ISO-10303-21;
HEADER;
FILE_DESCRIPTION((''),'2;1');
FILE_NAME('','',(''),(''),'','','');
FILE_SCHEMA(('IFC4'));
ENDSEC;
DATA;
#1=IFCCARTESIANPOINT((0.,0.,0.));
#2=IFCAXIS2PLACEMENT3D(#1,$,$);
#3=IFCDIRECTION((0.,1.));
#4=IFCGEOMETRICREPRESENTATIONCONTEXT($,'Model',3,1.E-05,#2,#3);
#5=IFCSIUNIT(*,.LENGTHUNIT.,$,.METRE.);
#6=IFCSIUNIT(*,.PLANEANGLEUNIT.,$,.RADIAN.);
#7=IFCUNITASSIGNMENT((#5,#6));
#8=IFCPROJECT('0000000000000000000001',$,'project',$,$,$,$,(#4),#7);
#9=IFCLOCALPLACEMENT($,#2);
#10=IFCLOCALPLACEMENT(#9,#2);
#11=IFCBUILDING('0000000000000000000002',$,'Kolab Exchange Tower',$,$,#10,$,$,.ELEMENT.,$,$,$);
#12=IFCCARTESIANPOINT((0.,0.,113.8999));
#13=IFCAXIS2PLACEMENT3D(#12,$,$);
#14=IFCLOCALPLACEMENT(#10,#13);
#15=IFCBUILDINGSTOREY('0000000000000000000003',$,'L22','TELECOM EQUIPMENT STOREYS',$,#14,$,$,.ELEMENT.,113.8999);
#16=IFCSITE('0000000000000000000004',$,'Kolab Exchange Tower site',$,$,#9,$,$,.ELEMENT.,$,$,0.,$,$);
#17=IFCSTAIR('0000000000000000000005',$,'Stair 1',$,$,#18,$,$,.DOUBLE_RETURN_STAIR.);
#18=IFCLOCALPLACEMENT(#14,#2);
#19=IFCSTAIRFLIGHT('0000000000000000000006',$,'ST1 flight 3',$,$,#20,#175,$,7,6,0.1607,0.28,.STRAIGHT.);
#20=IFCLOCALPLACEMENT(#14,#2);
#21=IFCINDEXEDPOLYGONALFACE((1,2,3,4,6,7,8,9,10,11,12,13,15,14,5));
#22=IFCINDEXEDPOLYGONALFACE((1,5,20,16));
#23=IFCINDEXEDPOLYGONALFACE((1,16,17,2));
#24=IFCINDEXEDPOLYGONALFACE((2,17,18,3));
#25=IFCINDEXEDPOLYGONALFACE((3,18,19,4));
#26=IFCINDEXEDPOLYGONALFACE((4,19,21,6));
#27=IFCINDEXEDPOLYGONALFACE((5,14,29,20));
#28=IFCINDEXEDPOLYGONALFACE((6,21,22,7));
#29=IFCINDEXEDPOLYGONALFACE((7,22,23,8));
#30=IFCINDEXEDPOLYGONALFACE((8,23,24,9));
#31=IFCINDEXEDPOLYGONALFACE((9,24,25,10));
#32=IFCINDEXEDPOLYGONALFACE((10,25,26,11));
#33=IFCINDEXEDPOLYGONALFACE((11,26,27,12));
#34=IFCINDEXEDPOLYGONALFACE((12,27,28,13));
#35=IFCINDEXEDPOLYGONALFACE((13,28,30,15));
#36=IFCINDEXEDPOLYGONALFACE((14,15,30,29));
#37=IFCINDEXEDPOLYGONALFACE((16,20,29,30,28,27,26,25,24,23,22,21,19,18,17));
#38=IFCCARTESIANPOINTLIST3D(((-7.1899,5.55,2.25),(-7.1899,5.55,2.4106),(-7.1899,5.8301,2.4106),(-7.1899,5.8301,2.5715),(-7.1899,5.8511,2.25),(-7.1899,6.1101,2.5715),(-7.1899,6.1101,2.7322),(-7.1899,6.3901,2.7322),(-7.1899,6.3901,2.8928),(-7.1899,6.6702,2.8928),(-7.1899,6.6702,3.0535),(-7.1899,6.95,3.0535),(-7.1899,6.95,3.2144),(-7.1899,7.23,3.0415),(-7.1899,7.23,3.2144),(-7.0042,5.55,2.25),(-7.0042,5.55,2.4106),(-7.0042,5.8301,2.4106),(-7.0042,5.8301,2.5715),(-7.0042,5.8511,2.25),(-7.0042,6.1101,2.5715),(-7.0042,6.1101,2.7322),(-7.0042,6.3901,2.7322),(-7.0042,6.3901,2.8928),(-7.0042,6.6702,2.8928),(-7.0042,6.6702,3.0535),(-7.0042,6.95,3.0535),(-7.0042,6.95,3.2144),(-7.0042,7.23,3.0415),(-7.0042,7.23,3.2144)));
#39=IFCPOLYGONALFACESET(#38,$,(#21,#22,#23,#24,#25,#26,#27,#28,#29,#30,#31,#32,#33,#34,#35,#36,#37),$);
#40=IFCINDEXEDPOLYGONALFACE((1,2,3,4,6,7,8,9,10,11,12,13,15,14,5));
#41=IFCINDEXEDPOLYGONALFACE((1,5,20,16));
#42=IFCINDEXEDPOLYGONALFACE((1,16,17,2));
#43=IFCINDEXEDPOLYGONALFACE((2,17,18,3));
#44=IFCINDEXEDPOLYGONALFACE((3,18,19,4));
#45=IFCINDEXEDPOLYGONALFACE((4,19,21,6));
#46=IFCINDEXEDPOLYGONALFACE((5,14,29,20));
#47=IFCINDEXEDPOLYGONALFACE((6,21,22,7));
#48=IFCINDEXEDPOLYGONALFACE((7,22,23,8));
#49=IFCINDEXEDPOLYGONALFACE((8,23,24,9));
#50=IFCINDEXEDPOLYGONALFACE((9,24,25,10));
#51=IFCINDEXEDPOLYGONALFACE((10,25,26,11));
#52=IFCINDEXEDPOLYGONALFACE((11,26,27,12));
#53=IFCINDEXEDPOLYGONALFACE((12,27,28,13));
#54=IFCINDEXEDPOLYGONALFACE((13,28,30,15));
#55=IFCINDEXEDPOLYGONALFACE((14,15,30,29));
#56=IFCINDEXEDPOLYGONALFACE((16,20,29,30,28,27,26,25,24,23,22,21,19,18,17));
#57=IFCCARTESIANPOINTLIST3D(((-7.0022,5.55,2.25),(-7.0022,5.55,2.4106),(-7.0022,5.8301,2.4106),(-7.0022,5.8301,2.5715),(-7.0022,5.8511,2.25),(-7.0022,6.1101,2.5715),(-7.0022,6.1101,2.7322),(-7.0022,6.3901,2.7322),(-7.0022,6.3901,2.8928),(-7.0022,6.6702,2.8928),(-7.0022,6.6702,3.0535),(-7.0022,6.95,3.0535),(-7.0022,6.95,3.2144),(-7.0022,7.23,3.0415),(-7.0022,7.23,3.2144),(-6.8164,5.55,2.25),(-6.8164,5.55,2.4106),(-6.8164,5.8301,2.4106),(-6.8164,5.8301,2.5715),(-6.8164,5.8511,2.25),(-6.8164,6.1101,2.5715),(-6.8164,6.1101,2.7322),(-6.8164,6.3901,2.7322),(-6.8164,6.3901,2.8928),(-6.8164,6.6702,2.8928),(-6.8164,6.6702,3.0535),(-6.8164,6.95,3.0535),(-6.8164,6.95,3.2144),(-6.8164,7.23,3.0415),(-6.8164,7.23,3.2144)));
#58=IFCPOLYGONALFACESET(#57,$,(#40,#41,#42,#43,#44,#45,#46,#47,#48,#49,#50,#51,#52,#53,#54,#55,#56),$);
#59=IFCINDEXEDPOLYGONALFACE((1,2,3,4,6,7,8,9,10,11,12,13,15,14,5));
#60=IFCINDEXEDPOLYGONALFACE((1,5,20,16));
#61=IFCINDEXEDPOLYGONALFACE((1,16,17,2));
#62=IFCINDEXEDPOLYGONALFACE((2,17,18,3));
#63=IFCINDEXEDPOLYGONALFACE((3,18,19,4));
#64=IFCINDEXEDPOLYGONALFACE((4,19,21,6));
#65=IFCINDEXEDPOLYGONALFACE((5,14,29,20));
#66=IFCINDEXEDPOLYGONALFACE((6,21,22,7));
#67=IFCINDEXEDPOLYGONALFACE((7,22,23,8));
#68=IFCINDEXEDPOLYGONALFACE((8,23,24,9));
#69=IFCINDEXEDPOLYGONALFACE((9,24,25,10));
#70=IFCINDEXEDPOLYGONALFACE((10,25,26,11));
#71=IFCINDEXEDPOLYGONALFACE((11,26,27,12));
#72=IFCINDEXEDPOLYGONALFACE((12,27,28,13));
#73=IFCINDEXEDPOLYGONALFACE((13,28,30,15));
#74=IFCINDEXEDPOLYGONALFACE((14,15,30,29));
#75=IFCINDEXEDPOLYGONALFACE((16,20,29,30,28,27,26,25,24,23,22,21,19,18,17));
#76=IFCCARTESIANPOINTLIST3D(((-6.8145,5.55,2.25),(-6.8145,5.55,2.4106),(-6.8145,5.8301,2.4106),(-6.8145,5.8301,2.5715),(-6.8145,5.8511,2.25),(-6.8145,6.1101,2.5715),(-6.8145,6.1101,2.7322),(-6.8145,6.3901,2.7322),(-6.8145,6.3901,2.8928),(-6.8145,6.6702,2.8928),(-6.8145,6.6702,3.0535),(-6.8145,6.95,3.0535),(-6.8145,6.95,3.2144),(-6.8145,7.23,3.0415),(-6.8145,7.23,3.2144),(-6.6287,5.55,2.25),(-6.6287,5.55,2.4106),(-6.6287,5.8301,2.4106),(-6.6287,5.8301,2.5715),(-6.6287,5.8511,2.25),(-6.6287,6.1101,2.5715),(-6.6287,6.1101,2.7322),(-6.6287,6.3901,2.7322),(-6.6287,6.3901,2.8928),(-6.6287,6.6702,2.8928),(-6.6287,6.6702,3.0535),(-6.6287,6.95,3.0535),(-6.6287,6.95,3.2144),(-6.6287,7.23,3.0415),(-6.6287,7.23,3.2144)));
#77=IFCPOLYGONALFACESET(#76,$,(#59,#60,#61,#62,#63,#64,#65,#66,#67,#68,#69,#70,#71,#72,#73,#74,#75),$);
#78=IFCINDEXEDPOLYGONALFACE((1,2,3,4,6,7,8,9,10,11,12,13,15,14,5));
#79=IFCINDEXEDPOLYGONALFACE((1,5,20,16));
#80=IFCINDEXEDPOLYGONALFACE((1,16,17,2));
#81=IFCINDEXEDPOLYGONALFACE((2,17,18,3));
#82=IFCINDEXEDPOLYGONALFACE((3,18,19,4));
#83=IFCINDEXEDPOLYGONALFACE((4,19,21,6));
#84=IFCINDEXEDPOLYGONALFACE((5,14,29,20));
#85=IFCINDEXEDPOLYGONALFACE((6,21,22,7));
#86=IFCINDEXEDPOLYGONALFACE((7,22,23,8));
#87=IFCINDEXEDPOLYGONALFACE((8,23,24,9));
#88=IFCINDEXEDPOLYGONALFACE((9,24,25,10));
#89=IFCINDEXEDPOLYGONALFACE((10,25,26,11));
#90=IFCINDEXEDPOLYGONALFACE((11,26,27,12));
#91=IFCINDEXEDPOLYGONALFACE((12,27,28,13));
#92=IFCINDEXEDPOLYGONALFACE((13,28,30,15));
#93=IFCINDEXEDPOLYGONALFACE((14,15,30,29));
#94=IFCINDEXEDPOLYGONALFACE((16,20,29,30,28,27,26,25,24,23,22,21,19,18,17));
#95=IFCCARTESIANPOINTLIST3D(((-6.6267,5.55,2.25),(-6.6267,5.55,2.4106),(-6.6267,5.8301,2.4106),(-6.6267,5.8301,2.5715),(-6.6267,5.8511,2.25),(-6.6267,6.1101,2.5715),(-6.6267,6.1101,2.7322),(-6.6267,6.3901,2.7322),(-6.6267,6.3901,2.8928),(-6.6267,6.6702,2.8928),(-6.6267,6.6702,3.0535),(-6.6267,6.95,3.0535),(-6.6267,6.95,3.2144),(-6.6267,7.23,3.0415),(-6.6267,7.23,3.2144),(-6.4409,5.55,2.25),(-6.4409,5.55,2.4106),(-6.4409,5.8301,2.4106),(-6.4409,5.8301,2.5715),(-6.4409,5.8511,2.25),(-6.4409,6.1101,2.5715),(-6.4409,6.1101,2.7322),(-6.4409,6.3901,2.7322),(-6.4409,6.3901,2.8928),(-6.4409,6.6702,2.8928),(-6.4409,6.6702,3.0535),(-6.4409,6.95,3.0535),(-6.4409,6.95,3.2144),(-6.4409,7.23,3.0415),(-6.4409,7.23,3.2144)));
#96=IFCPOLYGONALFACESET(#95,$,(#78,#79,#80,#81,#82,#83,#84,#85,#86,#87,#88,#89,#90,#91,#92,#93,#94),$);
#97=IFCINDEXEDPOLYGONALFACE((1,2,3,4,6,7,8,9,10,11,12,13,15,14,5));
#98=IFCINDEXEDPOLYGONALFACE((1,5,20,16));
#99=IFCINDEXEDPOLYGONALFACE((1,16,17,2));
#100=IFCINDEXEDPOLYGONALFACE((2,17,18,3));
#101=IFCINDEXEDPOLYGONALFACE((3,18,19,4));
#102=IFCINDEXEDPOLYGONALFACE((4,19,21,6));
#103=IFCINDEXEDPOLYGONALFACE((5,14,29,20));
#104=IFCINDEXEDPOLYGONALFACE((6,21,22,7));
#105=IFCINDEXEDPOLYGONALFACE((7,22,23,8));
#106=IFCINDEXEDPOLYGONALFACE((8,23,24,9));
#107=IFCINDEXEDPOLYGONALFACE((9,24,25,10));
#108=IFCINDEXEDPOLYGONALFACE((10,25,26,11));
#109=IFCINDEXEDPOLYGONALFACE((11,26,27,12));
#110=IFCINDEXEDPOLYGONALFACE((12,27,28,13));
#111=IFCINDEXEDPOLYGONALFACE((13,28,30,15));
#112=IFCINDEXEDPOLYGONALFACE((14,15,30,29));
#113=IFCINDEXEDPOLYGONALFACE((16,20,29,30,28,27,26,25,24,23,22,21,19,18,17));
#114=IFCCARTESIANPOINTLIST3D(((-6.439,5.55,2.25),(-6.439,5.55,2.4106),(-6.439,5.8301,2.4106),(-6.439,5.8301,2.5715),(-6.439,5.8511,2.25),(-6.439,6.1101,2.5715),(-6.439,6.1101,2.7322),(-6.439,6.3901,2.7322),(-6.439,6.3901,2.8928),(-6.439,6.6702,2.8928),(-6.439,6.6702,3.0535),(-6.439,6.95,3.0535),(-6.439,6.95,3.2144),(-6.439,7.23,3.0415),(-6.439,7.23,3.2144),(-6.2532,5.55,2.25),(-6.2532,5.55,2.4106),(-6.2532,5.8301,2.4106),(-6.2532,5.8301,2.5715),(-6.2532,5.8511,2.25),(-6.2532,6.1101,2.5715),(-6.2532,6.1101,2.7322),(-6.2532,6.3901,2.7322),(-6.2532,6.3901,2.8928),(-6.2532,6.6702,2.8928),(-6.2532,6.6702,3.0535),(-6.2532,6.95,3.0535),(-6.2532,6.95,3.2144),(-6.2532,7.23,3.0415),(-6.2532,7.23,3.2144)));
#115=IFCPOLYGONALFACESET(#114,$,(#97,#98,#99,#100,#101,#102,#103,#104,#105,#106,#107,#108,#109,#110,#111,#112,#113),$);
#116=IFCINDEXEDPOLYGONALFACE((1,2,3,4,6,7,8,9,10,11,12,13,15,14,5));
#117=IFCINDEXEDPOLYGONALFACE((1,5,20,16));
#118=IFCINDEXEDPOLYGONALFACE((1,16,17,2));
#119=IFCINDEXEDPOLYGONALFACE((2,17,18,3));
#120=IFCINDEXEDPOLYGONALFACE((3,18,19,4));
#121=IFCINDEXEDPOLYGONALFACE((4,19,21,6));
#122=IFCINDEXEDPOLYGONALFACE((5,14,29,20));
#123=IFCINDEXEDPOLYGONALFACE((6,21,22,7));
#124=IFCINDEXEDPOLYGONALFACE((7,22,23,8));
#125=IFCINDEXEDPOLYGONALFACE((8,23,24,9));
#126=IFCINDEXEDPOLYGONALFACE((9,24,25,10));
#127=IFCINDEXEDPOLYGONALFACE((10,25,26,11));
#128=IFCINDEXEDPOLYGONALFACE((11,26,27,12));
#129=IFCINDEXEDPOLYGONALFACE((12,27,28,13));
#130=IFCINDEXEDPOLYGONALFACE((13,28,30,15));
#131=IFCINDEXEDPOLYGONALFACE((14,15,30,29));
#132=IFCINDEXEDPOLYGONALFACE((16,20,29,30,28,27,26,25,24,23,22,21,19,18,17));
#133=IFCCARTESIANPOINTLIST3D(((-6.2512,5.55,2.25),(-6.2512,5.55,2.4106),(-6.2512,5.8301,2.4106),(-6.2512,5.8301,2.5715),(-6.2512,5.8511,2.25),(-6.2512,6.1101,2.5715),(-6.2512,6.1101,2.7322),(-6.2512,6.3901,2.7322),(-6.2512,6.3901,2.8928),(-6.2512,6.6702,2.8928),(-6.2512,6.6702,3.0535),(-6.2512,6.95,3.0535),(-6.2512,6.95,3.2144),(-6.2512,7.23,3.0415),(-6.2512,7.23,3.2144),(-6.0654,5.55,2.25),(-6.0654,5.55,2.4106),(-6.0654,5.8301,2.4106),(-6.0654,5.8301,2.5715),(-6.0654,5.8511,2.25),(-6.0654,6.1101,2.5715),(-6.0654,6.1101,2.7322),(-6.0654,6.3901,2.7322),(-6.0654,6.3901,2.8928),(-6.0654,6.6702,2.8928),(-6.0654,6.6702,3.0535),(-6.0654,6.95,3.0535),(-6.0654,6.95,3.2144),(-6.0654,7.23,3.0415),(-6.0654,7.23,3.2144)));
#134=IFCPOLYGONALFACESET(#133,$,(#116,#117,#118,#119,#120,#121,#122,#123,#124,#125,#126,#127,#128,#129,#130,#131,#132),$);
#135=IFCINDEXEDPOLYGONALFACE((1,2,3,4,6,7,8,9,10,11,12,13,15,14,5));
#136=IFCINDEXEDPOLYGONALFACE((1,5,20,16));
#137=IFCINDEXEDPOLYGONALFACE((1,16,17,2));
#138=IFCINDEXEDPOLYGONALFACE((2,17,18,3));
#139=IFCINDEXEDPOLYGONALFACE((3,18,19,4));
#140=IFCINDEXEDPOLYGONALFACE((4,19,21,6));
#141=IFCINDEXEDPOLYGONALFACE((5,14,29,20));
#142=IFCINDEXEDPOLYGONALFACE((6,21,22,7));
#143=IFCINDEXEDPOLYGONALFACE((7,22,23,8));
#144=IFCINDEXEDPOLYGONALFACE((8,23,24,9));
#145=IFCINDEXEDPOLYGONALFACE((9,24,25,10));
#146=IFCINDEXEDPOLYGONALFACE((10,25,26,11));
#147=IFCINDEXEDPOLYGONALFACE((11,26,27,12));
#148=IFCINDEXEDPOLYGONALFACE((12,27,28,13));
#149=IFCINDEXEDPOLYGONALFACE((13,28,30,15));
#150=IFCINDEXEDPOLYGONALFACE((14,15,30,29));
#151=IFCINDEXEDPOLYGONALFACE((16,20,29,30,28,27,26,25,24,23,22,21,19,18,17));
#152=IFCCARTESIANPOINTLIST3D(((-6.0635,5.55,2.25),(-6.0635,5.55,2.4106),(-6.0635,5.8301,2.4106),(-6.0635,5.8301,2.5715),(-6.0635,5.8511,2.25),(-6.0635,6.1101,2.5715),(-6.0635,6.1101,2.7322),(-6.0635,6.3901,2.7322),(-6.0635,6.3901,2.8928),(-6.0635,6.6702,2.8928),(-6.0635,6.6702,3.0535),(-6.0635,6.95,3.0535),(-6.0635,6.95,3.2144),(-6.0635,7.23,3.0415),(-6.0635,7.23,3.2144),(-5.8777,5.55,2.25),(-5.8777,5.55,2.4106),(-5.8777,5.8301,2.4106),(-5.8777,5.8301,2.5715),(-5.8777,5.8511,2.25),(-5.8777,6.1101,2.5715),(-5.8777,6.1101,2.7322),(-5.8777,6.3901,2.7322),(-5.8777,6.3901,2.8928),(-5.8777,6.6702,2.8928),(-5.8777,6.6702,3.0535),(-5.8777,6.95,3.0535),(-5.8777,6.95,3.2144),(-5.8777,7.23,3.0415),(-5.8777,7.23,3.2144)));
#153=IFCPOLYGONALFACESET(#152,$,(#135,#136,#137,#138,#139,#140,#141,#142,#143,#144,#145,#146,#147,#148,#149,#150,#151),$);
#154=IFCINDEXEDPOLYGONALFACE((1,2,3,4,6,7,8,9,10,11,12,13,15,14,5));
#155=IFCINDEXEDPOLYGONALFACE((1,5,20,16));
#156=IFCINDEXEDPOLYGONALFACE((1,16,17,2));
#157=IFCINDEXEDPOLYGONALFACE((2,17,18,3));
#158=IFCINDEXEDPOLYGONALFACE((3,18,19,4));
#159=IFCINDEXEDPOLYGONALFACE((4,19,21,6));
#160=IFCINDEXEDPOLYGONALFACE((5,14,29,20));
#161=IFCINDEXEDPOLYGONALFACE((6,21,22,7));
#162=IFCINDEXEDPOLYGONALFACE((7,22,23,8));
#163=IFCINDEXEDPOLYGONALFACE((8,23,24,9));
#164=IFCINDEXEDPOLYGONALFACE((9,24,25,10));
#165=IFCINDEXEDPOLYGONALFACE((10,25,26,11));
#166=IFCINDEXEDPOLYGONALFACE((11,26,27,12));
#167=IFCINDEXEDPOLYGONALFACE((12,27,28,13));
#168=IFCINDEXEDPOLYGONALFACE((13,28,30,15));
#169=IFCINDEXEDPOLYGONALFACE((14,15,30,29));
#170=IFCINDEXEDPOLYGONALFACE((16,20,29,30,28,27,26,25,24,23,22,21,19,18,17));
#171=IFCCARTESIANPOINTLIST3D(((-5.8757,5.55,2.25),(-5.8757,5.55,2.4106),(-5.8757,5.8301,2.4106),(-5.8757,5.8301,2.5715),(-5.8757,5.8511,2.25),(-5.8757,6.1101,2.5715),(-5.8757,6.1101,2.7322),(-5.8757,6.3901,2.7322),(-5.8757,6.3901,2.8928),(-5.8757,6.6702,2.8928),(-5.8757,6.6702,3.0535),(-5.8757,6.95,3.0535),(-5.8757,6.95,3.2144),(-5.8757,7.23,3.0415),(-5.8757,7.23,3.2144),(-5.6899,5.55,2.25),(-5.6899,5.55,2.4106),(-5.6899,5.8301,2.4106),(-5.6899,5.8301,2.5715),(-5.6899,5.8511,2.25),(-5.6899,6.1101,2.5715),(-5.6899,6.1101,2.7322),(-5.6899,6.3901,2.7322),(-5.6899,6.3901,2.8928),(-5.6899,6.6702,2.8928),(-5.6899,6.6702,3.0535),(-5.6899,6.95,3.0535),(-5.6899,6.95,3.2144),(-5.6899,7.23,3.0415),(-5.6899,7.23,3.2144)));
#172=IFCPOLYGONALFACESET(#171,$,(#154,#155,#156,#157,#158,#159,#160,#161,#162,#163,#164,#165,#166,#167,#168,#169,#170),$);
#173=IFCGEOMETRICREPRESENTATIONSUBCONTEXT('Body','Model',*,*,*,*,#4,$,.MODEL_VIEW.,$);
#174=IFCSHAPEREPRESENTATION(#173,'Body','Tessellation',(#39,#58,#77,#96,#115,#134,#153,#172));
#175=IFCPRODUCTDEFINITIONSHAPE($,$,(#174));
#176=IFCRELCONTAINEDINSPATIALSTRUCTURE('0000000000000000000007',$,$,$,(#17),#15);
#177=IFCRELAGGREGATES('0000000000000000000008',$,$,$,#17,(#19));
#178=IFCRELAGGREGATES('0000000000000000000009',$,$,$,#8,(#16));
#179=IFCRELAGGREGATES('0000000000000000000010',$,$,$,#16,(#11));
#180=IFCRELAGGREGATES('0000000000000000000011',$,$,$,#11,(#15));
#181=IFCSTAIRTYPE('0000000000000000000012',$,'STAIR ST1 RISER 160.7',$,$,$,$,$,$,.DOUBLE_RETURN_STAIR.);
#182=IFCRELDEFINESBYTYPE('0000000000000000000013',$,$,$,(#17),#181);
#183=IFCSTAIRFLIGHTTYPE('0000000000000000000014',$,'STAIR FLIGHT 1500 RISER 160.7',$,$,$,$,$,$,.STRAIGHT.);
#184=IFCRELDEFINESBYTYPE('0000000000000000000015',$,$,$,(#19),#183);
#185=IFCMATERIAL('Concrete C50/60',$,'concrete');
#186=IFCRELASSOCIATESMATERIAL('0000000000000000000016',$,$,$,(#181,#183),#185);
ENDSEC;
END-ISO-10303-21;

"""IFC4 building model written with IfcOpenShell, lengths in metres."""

from ifc_helpers import new_model, si_unit, direction, frame, origin, place, context, subcontext, project, spatial, polyline, outline, extrude, material, type_object, element, aggregate, save


model = new_model("IFC4")

# Units and contexts
model_context = context("Model", 3, precision=1e-05, world=origin(), true_north=direction((0.0, 1.0)))
body_context = subcontext(model_context, "Body", "Model", "MODEL_VIEW")
ifc_project = project(units=[si_unit("LENGTHUNIT", "METRE"), si_unit("PLANEANGLEUNIT", "RADIAN")], contexts=[model_context])

# Site, building, storey
site_placement = place(None, origin())
site = spatial("IfcSite", under=ifc_project, at=site_placement, Name="Kolab Exchange Tower site", CompositionType="ELEMENT", RefElevation=0.0)
building_placement = place(site_placement, origin())
building = spatial("IfcBuilding", under=site, at=building_placement, Name="Kolab Exchange Tower", CompositionType="ELEMENT")
storey_placement = place(building_placement, frame((0.0, 0.0, 113.8999)))
storey = spatial("IfcBuildingStorey", under=building, at=storey_placement, Name="L22", Description="TELECOM EQUIPMENT STOREYS", CompositionType="ELEMENT", Elevation=113.8999)

# Shared definitions
ifc_material_1 = material(Name="Concrete C50/60", Category="concrete")

# Stair, stair flight
stair_type = type_object("IfcStairType", Name="STAIR ST1 RISER 160.7", PredefinedType="DOUBLE_RETURN_STAIR", material=ifc_material_1)
stair_placement = place(storey_placement, origin())
stair = element("IfcStair", 1, at=stair_placement, inside=storey, type_object=stair_type, Name="Stair 1", PredefinedType="DOUBLE_RETURN_STAIR")
stair_flight_type = type_object("IfcStairFlightType", Name="STAIR FLIGHT 1500 RISER 160.7", PredefinedType="STRAIGHT", material=ifc_material_1)
stair_flight_1_placement = place(storey_placement, frame((-6.4399, 5.55, 2.25), z_axis=(0.0, 0.0, 1.0), x_axis=(0.0, 1.0, 0.0)))
stair_flight_1 = element("IfcStairFlight", 2, at=stair_flight_1_placement, type_object=stair_flight_type, Name="ST1 flight 3", NumberOfRisers=7, NumberOfTreads=6, PredefinedType="STRAIGHT", RiserHeight=0.1607, TreadLength=0.28, context=body_context, shape_type="SweptSolid", body=[
    extrude(outline(polyline([(0.0, 0.0), (0.0, 0.1606), (0.28, 0.1606), (0.28, 0.3215), (0.5601, 0.3215), (0.5601, 0.4822), (0.8401, 0.4822), (0.8401, 0.6428), (1.1201, 0.6428), (1.1201, 0.8035), (1.3999, 0.8035), (1.3999, 0.9644), (1.6799, 0.9644), (1.6799, 1.125), (1.6799, 0.7915), (0.301, 0.0), (0.0, 0.0)])), frame((0.0, 0.75, 0.0), z_axis=(0.0, -1.0, 0.0), x_axis=(1.0, 0.0, 0.0)), (0.0, 0.0, 1.0), 0.1858),
    extrude(outline(polyline([(0.0, 0.0), (0.0, 0.1606), (0.28, 0.1606), (0.28, 0.3215), (0.5601, 0.3215), (0.5601, 0.4822), (0.8401, 0.4822), (0.8401, 0.6428), (1.1201, 0.6428), (1.1201, 0.8035), (1.3999, 0.8035), (1.3999, 0.9644), (1.6799, 0.9644), (1.6799, 1.125), (1.6799, 0.7915), (0.301, 0.0), (0.0, 0.0)])), frame((0.0, 0.5623, 0.0), z_axis=(0.0, -1.0, 0.0), x_axis=(1.0, 0.0, 0.0)), (0.0, 0.0, 1.0), 0.1858),
    extrude(outline(polyline([(0.0, 0.0), (0.0, 0.1606), (0.28, 0.1606), (0.28, 0.3215), (0.5601, 0.3215), (0.5601, 0.4822), (0.8401, 0.4822), (0.8401, 0.6428), (1.1201, 0.6428), (1.1201, 0.8035), (1.3999, 0.8035), (1.3999, 0.9644), (1.6799, 0.9644), (1.6799, 1.125), (1.6799, 0.7915), (0.301, 0.0), (0.0, 0.0)])), frame((0.0, 0.3745, 0.0), z_axis=(0.0, -1.0, 0.0), x_axis=(1.0, 0.0, 0.0)), (0.0, 0.0, 1.0), 0.1858),
    extrude(outline(polyline([(0.0, 0.0), (0.0, 0.1606), (0.28, 0.1606), (0.28, 0.3215), (0.5601, 0.3215), (0.5601, 0.4822), (0.8401, 0.4822), (0.8401, 0.6428), (1.1201, 0.6428), (1.1201, 0.8035), (1.3999, 0.8035), (1.3999, 0.9644), (1.6799, 0.9644), (1.6799, 1.125), (1.6799, 0.7915), (0.301, 0.0), (0.0, 0.0)])), frame((0.0, 0.1868, 0.0), z_axis=(0.0, -1.0, 0.0), x_axis=(1.0, 0.0, 0.0)), (0.0, 0.0, 1.0), 0.1858),
    extrude(outline(polyline([(0.0, 0.0), (0.0, 0.1606), (0.28, 0.1606), (0.28, 0.3215), (0.5601, 0.3215), (0.5601, 0.4822), (0.8401, 0.4822), (0.8401, 0.6428), (1.1201, 0.6428), (1.1201, 0.8035), (1.3999, 0.8035), (1.3999, 0.9644), (1.6799, 0.9644), (1.6799, 1.125), (1.6799, 0.7915), (0.301, 0.0), (0.0, 0.0)])), frame((0.0, -0.001, 0.0), z_axis=(0.0, -1.0, 0.0), x_axis=(1.0, 0.0, 0.0)), (0.0, 0.0, 1.0), 0.1858),
    extrude(outline(polyline([(0.0, 0.0), (0.0, 0.1606), (0.28, 0.1606), (0.28, 0.3215), (0.5601, 0.3215), (0.5601, 0.4822), (0.8401, 0.4822), (0.8401, 0.6428), (1.1201, 0.6428), (1.1201, 0.8035), (1.3999, 0.8035), (1.3999, 0.9644), (1.6799, 0.9644), (1.6799, 1.125), (1.6799, 0.7915), (0.301, 0.0), (0.0, 0.0)])), frame((0.0, -0.1887, 0.0), z_axis=(0.0, -1.0, 0.0), x_axis=(1.0, 0.0, 0.0)), (0.0, 0.0, 1.0), 0.1858),
    extrude(outline(polyline([(0.0, 0.0), (0.0, 0.1606), (0.28, 0.1606), (0.28, 0.3215), (0.5601, 0.3215), (0.5601, 0.4822), (0.8401, 0.4822), (0.8401, 0.6428), (1.1201, 0.6428), (1.1201, 0.8035), (1.3999, 0.8035), (1.3999, 0.9644), (1.6799, 0.9644), (1.6799, 1.125), (1.6799, 0.7915), (0.301, 0.0), (0.0, 0.0)])), frame((0.0, -0.3765, 0.0), z_axis=(0.0, -1.0, 0.0), x_axis=(1.0, 0.0, 0.0)), (0.0, 0.0, 1.0), 0.1858),
    extrude(outline(polyline([(0.0, 0.0), (0.0, 0.1606), (0.28, 0.1606), (0.28, 0.3215), (0.5601, 0.3215), (0.5601, 0.4822), (0.8401, 0.4822), (0.8401, 0.6428), (1.1201, 0.6428), (1.1201, 0.8035), (1.3999, 0.8035), (1.3999, 0.9644), (1.6799, 0.9644), (1.6799, 1.125), (1.6799, 0.7915), (0.301, 0.0), (0.0, 0.0)])), frame((0.0, -0.5642, 0.0), z_axis=(0.0, -1.0, 0.0), x_axis=(1.0, 0.0, 0.0)), (0.0, 0.0, 1.0), 0.1858),
])
aggregate(stair, [stair_flight_1])

save(model, "model.ifc")
